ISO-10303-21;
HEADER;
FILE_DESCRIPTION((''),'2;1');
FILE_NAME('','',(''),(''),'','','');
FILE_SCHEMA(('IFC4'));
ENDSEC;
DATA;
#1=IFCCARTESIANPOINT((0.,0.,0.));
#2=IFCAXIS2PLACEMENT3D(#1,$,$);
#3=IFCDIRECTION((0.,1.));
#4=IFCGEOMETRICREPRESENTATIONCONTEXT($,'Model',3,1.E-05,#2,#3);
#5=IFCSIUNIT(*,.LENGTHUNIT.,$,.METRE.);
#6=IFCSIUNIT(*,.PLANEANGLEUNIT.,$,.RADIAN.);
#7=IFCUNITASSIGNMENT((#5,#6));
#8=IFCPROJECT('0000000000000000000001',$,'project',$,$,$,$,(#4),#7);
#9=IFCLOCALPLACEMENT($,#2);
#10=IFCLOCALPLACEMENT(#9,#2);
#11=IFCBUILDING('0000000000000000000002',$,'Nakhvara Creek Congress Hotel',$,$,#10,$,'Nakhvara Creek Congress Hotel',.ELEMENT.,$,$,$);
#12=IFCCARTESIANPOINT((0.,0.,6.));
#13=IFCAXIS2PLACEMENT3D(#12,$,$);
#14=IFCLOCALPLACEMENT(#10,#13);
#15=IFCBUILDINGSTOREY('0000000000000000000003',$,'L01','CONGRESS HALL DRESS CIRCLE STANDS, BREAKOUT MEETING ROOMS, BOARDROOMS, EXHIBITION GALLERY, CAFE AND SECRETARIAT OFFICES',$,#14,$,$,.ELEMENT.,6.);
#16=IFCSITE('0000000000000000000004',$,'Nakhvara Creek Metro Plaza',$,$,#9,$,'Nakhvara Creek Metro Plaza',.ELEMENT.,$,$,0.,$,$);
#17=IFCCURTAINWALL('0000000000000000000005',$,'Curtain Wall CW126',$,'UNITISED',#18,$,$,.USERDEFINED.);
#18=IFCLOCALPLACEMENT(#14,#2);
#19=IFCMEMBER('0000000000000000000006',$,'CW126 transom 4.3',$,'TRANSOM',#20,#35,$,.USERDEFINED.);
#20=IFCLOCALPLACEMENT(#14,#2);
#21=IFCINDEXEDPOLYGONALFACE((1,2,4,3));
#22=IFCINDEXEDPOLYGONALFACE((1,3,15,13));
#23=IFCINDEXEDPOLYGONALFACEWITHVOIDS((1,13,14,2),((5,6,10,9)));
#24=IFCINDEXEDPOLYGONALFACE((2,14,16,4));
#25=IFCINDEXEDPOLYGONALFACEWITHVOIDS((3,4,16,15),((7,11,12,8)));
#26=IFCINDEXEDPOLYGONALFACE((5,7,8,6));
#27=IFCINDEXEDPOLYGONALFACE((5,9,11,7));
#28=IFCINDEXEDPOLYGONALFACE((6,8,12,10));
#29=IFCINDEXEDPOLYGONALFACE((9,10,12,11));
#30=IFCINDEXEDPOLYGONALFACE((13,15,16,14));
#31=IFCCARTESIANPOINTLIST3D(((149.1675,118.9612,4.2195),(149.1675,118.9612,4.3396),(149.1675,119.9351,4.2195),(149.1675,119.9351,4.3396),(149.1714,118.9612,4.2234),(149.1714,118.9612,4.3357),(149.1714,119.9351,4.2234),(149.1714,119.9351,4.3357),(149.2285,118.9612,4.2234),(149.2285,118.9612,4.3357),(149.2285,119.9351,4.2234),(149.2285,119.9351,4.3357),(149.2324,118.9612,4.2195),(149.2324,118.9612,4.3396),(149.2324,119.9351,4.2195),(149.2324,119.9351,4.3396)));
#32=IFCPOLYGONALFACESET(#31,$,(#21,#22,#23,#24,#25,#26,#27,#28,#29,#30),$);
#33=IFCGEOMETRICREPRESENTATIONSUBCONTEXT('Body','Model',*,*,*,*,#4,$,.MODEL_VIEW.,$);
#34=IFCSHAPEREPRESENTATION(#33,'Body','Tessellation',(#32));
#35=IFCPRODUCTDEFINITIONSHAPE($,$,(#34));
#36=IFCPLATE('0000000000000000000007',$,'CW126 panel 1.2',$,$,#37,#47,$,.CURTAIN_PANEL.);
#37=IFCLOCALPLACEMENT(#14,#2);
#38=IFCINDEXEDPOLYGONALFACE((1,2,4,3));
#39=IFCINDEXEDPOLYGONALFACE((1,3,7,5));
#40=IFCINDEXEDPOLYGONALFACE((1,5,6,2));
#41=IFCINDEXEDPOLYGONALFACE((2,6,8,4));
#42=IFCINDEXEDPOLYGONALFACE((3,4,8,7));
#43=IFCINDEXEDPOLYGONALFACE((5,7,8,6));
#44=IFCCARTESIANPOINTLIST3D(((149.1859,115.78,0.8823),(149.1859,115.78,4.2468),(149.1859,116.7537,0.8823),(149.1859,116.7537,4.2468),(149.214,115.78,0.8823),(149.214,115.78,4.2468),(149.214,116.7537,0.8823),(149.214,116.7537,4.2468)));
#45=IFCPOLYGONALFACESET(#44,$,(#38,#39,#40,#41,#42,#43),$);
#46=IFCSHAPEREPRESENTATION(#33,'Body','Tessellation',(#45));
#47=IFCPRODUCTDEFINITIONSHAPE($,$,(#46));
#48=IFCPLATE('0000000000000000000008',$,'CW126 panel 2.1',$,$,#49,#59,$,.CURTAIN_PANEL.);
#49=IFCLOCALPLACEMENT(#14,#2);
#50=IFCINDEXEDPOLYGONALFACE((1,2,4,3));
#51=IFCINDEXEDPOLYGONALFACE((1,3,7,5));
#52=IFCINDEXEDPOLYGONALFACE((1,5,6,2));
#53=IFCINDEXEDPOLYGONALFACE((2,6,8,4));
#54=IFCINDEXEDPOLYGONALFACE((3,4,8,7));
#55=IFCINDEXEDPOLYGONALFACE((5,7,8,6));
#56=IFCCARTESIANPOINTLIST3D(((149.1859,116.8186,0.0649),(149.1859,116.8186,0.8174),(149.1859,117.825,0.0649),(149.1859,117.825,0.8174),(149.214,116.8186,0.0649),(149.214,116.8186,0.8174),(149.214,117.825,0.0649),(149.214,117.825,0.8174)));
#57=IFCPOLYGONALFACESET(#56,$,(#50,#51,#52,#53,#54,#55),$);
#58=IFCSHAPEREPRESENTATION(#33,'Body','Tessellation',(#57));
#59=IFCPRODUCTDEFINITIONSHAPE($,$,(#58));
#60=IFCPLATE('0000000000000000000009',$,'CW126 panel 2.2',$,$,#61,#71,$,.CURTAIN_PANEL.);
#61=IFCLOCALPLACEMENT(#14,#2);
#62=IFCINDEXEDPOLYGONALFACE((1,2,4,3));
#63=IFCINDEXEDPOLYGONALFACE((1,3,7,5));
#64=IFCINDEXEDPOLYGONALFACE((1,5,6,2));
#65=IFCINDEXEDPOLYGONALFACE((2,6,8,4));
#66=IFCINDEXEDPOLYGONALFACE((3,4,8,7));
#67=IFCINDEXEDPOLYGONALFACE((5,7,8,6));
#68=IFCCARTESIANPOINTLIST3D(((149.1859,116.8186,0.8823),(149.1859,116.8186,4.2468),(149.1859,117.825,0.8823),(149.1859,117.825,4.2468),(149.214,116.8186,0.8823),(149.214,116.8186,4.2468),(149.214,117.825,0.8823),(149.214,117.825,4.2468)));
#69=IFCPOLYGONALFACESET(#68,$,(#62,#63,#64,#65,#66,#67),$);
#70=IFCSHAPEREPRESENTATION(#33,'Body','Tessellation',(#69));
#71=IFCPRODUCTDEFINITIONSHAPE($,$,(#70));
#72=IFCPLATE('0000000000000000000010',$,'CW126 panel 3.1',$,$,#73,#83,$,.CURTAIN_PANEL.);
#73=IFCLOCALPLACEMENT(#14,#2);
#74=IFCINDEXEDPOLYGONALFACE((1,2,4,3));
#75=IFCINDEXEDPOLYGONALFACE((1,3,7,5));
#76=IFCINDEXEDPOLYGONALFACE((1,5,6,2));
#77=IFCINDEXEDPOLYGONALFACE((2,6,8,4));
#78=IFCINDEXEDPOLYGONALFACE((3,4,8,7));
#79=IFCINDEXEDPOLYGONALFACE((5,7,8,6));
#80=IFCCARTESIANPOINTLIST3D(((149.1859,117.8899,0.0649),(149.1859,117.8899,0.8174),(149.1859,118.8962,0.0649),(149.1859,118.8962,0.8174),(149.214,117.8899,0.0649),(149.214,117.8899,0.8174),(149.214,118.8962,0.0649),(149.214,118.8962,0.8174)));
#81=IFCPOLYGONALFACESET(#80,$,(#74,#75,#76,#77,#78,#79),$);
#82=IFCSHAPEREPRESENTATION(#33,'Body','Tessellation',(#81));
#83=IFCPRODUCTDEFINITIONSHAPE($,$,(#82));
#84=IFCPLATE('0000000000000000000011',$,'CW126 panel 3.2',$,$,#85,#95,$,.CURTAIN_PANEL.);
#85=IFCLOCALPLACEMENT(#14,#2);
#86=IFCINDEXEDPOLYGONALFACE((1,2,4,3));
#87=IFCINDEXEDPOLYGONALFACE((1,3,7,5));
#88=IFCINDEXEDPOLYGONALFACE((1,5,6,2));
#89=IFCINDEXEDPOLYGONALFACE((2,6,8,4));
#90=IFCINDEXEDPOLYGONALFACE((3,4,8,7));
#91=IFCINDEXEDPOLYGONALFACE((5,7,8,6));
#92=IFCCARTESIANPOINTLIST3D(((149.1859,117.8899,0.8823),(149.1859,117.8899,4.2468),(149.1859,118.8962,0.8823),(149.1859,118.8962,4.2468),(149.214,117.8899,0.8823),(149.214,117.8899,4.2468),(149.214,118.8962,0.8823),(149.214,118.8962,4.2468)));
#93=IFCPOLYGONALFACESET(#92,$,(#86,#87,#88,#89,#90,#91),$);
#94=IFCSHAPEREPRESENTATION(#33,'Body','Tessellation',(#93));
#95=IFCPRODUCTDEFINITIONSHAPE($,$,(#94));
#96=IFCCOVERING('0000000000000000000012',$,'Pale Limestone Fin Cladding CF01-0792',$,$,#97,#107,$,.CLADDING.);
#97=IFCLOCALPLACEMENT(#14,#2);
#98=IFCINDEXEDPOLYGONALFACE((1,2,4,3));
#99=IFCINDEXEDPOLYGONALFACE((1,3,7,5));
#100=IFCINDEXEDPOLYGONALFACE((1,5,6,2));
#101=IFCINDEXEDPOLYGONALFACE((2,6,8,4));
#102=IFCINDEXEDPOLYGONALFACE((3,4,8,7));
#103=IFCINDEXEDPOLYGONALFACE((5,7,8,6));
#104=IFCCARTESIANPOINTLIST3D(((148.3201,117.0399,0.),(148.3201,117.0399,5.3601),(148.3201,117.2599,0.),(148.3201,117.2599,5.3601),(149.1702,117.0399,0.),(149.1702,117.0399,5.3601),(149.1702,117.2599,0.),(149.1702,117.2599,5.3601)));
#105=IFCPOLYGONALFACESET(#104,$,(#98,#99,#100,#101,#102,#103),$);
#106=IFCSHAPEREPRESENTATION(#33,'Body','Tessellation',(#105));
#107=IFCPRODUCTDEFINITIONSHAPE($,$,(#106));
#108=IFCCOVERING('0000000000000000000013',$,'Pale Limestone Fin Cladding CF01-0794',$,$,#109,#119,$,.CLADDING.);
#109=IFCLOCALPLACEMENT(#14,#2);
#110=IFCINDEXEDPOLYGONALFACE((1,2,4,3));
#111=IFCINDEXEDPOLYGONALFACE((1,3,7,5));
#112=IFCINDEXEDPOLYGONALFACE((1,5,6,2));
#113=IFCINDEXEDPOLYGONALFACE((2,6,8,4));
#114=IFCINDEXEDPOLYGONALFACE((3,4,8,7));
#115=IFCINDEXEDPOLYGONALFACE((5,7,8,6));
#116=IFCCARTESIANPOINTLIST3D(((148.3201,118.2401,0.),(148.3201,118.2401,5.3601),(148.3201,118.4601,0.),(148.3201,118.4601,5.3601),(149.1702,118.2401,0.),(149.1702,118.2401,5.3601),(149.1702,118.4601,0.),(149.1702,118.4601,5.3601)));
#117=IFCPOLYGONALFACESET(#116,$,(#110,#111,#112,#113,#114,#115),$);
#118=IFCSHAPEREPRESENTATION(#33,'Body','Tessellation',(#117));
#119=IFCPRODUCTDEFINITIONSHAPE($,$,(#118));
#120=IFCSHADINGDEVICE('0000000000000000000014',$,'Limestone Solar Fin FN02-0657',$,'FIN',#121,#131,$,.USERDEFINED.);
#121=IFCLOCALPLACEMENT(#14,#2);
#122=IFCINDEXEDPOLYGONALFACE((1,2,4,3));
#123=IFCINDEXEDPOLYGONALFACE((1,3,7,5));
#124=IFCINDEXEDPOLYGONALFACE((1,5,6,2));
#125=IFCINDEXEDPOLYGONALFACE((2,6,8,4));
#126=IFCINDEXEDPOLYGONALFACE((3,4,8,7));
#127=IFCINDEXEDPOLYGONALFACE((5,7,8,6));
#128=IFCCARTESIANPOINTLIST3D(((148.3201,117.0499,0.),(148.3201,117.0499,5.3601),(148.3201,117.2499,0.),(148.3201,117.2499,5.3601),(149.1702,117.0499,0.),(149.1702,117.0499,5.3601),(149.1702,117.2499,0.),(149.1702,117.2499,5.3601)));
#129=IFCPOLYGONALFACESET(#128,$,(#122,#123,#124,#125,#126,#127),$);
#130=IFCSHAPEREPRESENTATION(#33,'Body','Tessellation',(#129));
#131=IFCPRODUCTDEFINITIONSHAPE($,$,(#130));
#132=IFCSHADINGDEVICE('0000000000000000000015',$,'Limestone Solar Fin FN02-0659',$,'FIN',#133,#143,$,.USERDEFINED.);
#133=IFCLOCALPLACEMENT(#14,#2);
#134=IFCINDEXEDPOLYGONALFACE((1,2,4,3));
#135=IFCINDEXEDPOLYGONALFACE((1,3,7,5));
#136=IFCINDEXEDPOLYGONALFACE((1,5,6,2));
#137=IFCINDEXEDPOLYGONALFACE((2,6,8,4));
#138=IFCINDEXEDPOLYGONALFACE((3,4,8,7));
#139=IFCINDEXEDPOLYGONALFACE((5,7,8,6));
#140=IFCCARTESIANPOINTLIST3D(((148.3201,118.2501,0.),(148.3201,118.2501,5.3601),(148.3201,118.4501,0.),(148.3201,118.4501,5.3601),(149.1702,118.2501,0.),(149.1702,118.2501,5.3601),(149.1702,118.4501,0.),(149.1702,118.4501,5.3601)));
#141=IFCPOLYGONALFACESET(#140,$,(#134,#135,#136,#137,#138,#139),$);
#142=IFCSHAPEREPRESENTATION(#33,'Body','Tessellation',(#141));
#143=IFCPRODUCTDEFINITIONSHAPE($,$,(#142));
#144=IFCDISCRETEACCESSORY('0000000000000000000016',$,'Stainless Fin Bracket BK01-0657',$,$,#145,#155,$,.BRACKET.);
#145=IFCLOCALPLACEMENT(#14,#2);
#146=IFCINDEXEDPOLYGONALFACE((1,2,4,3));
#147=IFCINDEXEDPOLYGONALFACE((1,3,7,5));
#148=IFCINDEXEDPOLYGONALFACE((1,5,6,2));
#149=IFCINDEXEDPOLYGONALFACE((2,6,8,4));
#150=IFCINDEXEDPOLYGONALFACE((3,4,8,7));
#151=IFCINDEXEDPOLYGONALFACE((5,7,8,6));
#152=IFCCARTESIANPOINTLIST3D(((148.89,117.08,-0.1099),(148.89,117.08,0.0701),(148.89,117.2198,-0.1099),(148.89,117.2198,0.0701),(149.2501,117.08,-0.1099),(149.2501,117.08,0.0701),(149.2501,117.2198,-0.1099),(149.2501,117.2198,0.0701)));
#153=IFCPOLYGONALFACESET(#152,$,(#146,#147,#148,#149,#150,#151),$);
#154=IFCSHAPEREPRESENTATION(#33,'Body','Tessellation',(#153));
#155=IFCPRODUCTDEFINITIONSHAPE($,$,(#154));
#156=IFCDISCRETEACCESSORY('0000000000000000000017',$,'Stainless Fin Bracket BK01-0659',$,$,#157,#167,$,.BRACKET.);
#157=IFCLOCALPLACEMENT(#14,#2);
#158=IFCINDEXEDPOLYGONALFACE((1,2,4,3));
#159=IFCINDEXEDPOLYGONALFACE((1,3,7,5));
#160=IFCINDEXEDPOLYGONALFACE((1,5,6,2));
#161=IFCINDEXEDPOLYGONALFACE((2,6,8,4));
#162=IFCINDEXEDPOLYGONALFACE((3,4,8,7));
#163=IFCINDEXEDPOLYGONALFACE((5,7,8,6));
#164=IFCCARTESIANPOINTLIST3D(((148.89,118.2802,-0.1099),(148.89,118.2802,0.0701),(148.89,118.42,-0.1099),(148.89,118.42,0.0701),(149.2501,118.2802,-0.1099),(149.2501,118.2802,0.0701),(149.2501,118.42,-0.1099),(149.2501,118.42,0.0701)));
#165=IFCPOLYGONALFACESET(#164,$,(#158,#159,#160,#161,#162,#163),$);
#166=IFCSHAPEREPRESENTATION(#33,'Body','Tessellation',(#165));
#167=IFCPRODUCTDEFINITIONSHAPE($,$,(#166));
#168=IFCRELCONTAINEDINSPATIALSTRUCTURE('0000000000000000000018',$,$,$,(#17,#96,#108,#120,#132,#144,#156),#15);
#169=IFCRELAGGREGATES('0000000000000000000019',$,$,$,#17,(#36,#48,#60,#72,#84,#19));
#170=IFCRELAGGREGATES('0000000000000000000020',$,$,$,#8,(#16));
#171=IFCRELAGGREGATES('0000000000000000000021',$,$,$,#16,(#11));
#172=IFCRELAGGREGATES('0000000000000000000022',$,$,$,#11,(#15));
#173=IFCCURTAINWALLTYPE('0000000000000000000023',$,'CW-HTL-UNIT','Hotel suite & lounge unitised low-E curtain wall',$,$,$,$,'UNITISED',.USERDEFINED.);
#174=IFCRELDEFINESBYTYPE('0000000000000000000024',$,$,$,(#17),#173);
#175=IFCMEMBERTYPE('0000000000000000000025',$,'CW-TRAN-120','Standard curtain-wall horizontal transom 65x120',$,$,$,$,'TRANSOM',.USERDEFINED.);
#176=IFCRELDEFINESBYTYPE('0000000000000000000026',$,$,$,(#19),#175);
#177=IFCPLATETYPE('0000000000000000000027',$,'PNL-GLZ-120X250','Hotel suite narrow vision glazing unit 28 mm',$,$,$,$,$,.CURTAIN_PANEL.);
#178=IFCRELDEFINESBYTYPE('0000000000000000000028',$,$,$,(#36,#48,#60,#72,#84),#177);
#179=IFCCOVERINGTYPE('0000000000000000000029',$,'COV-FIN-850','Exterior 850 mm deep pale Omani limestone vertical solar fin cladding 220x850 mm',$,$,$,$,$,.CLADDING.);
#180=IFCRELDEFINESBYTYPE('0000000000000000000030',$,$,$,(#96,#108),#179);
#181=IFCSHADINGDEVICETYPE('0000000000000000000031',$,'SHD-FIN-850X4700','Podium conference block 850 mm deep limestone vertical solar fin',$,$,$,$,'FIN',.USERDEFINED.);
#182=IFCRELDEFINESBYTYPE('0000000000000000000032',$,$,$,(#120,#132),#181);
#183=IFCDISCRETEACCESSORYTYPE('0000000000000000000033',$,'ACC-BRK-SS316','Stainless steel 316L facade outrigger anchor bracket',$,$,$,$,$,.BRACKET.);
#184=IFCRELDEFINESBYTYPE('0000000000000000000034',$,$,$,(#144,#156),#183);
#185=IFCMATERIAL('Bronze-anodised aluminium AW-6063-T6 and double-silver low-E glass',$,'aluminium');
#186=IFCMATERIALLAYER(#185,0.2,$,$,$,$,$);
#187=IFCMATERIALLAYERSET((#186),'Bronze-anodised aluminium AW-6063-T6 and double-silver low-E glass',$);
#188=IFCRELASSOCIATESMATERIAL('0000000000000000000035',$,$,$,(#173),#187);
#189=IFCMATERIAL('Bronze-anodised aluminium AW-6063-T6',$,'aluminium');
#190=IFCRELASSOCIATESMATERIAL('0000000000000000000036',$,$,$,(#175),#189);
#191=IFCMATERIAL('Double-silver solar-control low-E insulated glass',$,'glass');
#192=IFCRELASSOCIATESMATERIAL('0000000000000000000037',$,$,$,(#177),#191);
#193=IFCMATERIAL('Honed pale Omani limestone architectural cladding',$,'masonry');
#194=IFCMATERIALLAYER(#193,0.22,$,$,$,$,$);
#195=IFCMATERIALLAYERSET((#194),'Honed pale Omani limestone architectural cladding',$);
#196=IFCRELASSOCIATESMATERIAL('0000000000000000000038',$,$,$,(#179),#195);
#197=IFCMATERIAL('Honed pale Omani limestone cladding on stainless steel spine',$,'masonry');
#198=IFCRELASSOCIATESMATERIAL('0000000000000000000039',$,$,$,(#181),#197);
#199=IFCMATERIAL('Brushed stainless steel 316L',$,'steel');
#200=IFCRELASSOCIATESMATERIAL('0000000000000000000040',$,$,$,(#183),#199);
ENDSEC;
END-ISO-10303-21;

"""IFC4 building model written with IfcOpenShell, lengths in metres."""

from ifc_helpers import new_model, si_unit, direction, frame, origin, origin_2d, place, context, subcontext, project, spatial, rectangle, hollow_rectangle, extrude, material, layer, layer_set, material_profile, profile_set, type_object, element, aggregate, save


model = new_model("IFC4")

# Units and contexts
model_context = context("Model", 3, precision=1e-05, world=origin(), true_north=direction((0.0, 1.0)))
body_context = subcontext(model_context, "Body", "Model", "MODEL_VIEW")
ifc_project = project(units=[si_unit("LENGTHUNIT", "METRE"), si_unit("PLANEANGLEUNIT", "RADIAN")], contexts=[model_context])

# Site, building, storey
site_placement = place(None, origin())
site = spatial("IfcSite", under=ifc_project, at=site_placement, Name="Nakhvara Creek Metro Plaza", LongName="Nakhvara Creek Metro Plaza", CompositionType="ELEMENT", RefElevation=0.0)
building_placement = place(site_placement, origin())
building = spatial("IfcBuilding", under=site, at=building_placement, Name="Nakhvara Creek Congress Hotel", LongName="Nakhvara Creek Congress Hotel", CompositionType="ELEMENT")
storey_placement = place(building_placement, frame((0.0, 0.0, 6.0)))
storey = spatial("IfcBuildingStorey", under=building, at=storey_placement, Name="L01", Description="CONGRESS HALL DRESS CIRCLE STANDS, BREAKOUT MEETING ROOMS, BOARDROOMS, EXHIBITION GALLERY, CAFE AND SECRETARIAT OFFICES", CompositionType="ELEMENT", Elevation=6.0)

# Curtain wall, member, plates
ifc_material_1 = material(Name="Bronze-anodised aluminium AW-6063-T6 and double-silver low-E glass", Category="aluminium")
ifc_layer_1 = layer(ifc_material_1, 0.2)
ifc_layer_set_1 = layer_set([ifc_layer_1], Name="Bronze-anodised aluminium AW-6063-T6 and double-silver low-E glass")
curtain_wall_type = type_object("IfcCurtainWallType", Name="CW-HTL-UNIT", Description="Hotel suite & lounge unitised low-E curtain wall", ElementType="UNITISED", PredefinedType="USERDEFINED", material=ifc_layer_set_1)
curtain_wall_placement = place(storey_placement, origin())
curtain_wall = element("IfcCurtainWall", 1, at=curtain_wall_placement, inside=storey, type_object=curtain_wall_type, Name="Curtain Wall CW126", ObjectType="UNITISED", PredefinedType="USERDEFINED")
ifc_material_2 = material(Name="Bronze-anodised aluminium AW-6063-T6", Category="aluminium")
ifc_material_profile_1 = material_profile(ifc_material_2, hollow_rectangle(XDim=0.0649, YDim=0.1201, WallThickness=0.0039, at=origin_2d()), Name="ALU-TRAN 65x120x4", Category="LoadBearing")
ifc_profile_set_1 = profile_set([ifc_material_profile_1], Name="Bronze-anodised aluminium AW-6063-T6")
member_type_1 = type_object("IfcMemberType", Name="CW-TRAN-120", Description="Standard curtain-wall horizontal transom 65x120", ElementType="TRANSOM", PredefinedType="USERDEFINED", material=ifc_profile_set_1)
member_1_placement = place(storey_placement, frame((149.2, 118.9612, 4.2795), z_axis=(0.0, 1.0, 0.0), x_axis=(-1.0, 0.0, 0.0)))
member_1 = element("IfcMember", 2, at=member_1_placement, type_object=member_type_1, Name="CW126 transom 4.3", ObjectType="TRANSOM", PredefinedType="USERDEFINED", context=body_context, shape_type="SweptSolid", body=[
    extrude(hollow_rectangle(XDim=0.0649, YDim=0.1201, WallThickness=0.0039, at=origin_2d()), origin(), (0.0, 0.0, 1.0), 0.9739),
])
ifc_material_3 = material(Name="Double-silver solar-control low-E insulated glass", Category="glass")
plate_type = type_object("IfcPlateType", Name="PNL-GLZ-120X250", Description="Hotel suite narrow vision glazing unit 28 mm", PredefinedType="CURTAIN_PANEL", material=ifc_material_3)
plate_1_placement = place(storey_placement, frame((149.2, 116.2668, 0.8823), z_axis=(0.0, 0.0, 1.0), x_axis=(0.0, 1.0, 0.0)))
plate_1 = element("IfcPlate", 3, at=plate_1_placement, type_object=plate_type, Name="CW126 panel 1.2", PredefinedType="CURTAIN_PANEL", context=body_context, shape_type="SweptSolid", body=[
    extrude(rectangle(XDim=0.9736, YDim=0.0281, at=origin_2d()), origin(), (0.0, 0.0, 1.0), 3.3645),
])
plate_2_placement = place(storey_placement, frame((149.2, 117.3218, 0.0649), z_axis=(0.0, 0.0, 1.0), x_axis=(0.0, 1.0, 0.0)))
plate_2 = element("IfcPlate", 4, at=plate_2_placement, type_object=plate_type, Name="CW126 panel 2.1", PredefinedType="CURTAIN_PANEL", context=body_context, shape_type="SweptSolid", body=[
    extrude(rectangle(XDim=1.0063, YDim=0.0281, at=origin_2d()), origin(), (0.0, 0.0, 1.0), 0.7524),
])
plate_3_placement = place(storey_placement, frame((149.2, 117.3218, 0.8823), z_axis=(0.0, 0.0, 1.0), x_axis=(0.0, 1.0, 0.0)))
plate_3 = element("IfcPlate", 5, at=plate_3_placement, type_object=plate_type, Name="CW126 panel 2.2", PredefinedType="CURTAIN_PANEL", context=body_context, shape_type="SweptSolid", body=[
    extrude(rectangle(XDim=1.0063, YDim=0.0281, at=origin_2d()), origin(), (0.0, 0.0, 1.0), 3.3645),
])
plate_4_placement = place(storey_placement, frame((149.2, 118.3931, 0.0649), z_axis=(0.0, 0.0, 1.0), x_axis=(0.0, 1.0, 0.0)))
plate_4 = element("IfcPlate", 6, at=plate_4_placement, type_object=plate_type, Name="CW126 panel 3.1", PredefinedType="CURTAIN_PANEL", context=body_context, shape_type="SweptSolid", body=[
    extrude(rectangle(XDim=1.0063, YDim=0.0281, at=origin_2d()), origin(), (0.0, 0.0, 1.0), 0.7524),
])
plate_5_placement = place(storey_placement, frame((149.2, 118.3931, 0.8823), z_axis=(0.0, 0.0, 1.0), x_axis=(0.0, 1.0, 0.0)))
plate_5 = element("IfcPlate", 7, at=plate_5_placement, type_object=plate_type, Name="CW126 panel 3.2", PredefinedType="CURTAIN_PANEL", context=body_context, shape_type="SweptSolid", body=[
    extrude(rectangle(XDim=1.0063, YDim=0.0281, at=origin_2d()), origin(), (0.0, 0.0, 1.0), 3.3645),
])
aggregate(curtain_wall, [plate_1, plate_2, plate_3, plate_4, plate_5, member_1])

# Coverings
ifc_material_4 = material(Name="Honed pale Omani limestone architectural cladding", Category="masonry")
ifc_layer_2 = layer(ifc_material_4, 0.22)
ifc_layer_set_2 = layer_set([ifc_layer_2], Name="Honed pale Omani limestone architectural cladding")
covering_type = type_object("IfcCoveringType", Name="COV-FIN-850", Description="Exterior 850 mm deep pale Omani limestone vertical solar fin cladding 220x850 mm", PredefinedType="CLADDING", material=ifc_layer_set_2)
for number, where, z_axis, x_axis, name in (
    (8, (148.7451, 117.1499, 0.0), (0.0, 0.0, 1.0), (0.0, 1.0, 0.0), "Pale Limestone Fin Cladding CF01-0792"),
    (9, (148.7451, 118.3501, 0.0), (0.0, 0.0, 1.0), (0.0, 1.0, 0.0), "Pale Limestone Fin Cladding CF01-0794"),
):
    element("IfcCovering", number, at=place(storey_placement, frame(where, z_axis=z_axis, x_axis=x_axis)), inside=storey, type_object=covering_type, Name=name, PredefinedType="CLADDING", context=body_context, shape_type="SweptSolid", body=[
        extrude(rectangle(XDim=0.22, YDim=0.8501, at=origin_2d()), origin(), (0.0, 0.0, 1.0), 5.3601),
    ])

# Shading devices
ifc_material_5 = material(Name="Honed pale Omani limestone cladding on stainless steel spine", Category="masonry")
shading_device_type = type_object("IfcShadingDeviceType", Name="SHD-FIN-850X4700", Description="Podium conference block 850 mm deep limestone vertical solar fin", ElementType="FIN", PredefinedType="USERDEFINED", material=ifc_material_5)
for number, where, z_axis, x_axis, name in (
    (10, (148.7451, 117.1499, 0.0), (0.0, 0.0, 1.0), (0.0, 1.0, 0.0), "Limestone Solar Fin FN02-0657"),
    (11, (148.7451, 118.3501, 0.0), (0.0, 0.0, 1.0), (0.0, 1.0, 0.0), "Limestone Solar Fin FN02-0659"),
):
    element("IfcShadingDevice", number, at=place(storey_placement, frame(where, z_axis=z_axis, x_axis=x_axis)), inside=storey, type_object=shading_device_type, Name=name, ObjectType="FIN", PredefinedType="USERDEFINED", context=body_context, shape_type="SweptSolid", body=[
        extrude(rectangle(XDim=0.2, YDim=0.8501, at=origin_2d()), origin(), (0.0, 0.0, 1.0), 5.3601),
    ])

# Discrete accessories
ifc_material_6 = material(Name="Brushed stainless steel 316L", Category="steel")
discrete_accessory_type = type_object("IfcDiscreteAccessoryType", Name="ACC-BRK-SS316", Description="Stainless steel 316L facade outrigger anchor bracket", PredefinedType="BRACKET", material=ifc_material_6)
for number, where, z_axis, x_axis, name in (
    (12, (149.0701, 117.1499, -0.1099), (0.0, 0.0, 1.0), (0.0, 1.0, 0.0), "Stainless Fin Bracket BK01-0657"),
    (13, (149.0701, 118.3501, -0.1099), (0.0, 0.0, 1.0), (0.0, 1.0, 0.0), "Stainless Fin Bracket BK01-0659"),
):
    element("IfcDiscreteAccessory", number, at=place(storey_placement, frame(where, z_axis=z_axis, x_axis=x_axis)), inside=storey, type_object=discrete_accessory_type, Name=name, PredefinedType="BRACKET", context=body_context, shape_type="SweptSolid", body=[
        extrude(rectangle(XDim=0.1399, YDim=0.3601, at=origin_2d()), origin(), (0.0, 0.0, 1.0), 0.1799),
    ])

save(model, "model.ifc")
